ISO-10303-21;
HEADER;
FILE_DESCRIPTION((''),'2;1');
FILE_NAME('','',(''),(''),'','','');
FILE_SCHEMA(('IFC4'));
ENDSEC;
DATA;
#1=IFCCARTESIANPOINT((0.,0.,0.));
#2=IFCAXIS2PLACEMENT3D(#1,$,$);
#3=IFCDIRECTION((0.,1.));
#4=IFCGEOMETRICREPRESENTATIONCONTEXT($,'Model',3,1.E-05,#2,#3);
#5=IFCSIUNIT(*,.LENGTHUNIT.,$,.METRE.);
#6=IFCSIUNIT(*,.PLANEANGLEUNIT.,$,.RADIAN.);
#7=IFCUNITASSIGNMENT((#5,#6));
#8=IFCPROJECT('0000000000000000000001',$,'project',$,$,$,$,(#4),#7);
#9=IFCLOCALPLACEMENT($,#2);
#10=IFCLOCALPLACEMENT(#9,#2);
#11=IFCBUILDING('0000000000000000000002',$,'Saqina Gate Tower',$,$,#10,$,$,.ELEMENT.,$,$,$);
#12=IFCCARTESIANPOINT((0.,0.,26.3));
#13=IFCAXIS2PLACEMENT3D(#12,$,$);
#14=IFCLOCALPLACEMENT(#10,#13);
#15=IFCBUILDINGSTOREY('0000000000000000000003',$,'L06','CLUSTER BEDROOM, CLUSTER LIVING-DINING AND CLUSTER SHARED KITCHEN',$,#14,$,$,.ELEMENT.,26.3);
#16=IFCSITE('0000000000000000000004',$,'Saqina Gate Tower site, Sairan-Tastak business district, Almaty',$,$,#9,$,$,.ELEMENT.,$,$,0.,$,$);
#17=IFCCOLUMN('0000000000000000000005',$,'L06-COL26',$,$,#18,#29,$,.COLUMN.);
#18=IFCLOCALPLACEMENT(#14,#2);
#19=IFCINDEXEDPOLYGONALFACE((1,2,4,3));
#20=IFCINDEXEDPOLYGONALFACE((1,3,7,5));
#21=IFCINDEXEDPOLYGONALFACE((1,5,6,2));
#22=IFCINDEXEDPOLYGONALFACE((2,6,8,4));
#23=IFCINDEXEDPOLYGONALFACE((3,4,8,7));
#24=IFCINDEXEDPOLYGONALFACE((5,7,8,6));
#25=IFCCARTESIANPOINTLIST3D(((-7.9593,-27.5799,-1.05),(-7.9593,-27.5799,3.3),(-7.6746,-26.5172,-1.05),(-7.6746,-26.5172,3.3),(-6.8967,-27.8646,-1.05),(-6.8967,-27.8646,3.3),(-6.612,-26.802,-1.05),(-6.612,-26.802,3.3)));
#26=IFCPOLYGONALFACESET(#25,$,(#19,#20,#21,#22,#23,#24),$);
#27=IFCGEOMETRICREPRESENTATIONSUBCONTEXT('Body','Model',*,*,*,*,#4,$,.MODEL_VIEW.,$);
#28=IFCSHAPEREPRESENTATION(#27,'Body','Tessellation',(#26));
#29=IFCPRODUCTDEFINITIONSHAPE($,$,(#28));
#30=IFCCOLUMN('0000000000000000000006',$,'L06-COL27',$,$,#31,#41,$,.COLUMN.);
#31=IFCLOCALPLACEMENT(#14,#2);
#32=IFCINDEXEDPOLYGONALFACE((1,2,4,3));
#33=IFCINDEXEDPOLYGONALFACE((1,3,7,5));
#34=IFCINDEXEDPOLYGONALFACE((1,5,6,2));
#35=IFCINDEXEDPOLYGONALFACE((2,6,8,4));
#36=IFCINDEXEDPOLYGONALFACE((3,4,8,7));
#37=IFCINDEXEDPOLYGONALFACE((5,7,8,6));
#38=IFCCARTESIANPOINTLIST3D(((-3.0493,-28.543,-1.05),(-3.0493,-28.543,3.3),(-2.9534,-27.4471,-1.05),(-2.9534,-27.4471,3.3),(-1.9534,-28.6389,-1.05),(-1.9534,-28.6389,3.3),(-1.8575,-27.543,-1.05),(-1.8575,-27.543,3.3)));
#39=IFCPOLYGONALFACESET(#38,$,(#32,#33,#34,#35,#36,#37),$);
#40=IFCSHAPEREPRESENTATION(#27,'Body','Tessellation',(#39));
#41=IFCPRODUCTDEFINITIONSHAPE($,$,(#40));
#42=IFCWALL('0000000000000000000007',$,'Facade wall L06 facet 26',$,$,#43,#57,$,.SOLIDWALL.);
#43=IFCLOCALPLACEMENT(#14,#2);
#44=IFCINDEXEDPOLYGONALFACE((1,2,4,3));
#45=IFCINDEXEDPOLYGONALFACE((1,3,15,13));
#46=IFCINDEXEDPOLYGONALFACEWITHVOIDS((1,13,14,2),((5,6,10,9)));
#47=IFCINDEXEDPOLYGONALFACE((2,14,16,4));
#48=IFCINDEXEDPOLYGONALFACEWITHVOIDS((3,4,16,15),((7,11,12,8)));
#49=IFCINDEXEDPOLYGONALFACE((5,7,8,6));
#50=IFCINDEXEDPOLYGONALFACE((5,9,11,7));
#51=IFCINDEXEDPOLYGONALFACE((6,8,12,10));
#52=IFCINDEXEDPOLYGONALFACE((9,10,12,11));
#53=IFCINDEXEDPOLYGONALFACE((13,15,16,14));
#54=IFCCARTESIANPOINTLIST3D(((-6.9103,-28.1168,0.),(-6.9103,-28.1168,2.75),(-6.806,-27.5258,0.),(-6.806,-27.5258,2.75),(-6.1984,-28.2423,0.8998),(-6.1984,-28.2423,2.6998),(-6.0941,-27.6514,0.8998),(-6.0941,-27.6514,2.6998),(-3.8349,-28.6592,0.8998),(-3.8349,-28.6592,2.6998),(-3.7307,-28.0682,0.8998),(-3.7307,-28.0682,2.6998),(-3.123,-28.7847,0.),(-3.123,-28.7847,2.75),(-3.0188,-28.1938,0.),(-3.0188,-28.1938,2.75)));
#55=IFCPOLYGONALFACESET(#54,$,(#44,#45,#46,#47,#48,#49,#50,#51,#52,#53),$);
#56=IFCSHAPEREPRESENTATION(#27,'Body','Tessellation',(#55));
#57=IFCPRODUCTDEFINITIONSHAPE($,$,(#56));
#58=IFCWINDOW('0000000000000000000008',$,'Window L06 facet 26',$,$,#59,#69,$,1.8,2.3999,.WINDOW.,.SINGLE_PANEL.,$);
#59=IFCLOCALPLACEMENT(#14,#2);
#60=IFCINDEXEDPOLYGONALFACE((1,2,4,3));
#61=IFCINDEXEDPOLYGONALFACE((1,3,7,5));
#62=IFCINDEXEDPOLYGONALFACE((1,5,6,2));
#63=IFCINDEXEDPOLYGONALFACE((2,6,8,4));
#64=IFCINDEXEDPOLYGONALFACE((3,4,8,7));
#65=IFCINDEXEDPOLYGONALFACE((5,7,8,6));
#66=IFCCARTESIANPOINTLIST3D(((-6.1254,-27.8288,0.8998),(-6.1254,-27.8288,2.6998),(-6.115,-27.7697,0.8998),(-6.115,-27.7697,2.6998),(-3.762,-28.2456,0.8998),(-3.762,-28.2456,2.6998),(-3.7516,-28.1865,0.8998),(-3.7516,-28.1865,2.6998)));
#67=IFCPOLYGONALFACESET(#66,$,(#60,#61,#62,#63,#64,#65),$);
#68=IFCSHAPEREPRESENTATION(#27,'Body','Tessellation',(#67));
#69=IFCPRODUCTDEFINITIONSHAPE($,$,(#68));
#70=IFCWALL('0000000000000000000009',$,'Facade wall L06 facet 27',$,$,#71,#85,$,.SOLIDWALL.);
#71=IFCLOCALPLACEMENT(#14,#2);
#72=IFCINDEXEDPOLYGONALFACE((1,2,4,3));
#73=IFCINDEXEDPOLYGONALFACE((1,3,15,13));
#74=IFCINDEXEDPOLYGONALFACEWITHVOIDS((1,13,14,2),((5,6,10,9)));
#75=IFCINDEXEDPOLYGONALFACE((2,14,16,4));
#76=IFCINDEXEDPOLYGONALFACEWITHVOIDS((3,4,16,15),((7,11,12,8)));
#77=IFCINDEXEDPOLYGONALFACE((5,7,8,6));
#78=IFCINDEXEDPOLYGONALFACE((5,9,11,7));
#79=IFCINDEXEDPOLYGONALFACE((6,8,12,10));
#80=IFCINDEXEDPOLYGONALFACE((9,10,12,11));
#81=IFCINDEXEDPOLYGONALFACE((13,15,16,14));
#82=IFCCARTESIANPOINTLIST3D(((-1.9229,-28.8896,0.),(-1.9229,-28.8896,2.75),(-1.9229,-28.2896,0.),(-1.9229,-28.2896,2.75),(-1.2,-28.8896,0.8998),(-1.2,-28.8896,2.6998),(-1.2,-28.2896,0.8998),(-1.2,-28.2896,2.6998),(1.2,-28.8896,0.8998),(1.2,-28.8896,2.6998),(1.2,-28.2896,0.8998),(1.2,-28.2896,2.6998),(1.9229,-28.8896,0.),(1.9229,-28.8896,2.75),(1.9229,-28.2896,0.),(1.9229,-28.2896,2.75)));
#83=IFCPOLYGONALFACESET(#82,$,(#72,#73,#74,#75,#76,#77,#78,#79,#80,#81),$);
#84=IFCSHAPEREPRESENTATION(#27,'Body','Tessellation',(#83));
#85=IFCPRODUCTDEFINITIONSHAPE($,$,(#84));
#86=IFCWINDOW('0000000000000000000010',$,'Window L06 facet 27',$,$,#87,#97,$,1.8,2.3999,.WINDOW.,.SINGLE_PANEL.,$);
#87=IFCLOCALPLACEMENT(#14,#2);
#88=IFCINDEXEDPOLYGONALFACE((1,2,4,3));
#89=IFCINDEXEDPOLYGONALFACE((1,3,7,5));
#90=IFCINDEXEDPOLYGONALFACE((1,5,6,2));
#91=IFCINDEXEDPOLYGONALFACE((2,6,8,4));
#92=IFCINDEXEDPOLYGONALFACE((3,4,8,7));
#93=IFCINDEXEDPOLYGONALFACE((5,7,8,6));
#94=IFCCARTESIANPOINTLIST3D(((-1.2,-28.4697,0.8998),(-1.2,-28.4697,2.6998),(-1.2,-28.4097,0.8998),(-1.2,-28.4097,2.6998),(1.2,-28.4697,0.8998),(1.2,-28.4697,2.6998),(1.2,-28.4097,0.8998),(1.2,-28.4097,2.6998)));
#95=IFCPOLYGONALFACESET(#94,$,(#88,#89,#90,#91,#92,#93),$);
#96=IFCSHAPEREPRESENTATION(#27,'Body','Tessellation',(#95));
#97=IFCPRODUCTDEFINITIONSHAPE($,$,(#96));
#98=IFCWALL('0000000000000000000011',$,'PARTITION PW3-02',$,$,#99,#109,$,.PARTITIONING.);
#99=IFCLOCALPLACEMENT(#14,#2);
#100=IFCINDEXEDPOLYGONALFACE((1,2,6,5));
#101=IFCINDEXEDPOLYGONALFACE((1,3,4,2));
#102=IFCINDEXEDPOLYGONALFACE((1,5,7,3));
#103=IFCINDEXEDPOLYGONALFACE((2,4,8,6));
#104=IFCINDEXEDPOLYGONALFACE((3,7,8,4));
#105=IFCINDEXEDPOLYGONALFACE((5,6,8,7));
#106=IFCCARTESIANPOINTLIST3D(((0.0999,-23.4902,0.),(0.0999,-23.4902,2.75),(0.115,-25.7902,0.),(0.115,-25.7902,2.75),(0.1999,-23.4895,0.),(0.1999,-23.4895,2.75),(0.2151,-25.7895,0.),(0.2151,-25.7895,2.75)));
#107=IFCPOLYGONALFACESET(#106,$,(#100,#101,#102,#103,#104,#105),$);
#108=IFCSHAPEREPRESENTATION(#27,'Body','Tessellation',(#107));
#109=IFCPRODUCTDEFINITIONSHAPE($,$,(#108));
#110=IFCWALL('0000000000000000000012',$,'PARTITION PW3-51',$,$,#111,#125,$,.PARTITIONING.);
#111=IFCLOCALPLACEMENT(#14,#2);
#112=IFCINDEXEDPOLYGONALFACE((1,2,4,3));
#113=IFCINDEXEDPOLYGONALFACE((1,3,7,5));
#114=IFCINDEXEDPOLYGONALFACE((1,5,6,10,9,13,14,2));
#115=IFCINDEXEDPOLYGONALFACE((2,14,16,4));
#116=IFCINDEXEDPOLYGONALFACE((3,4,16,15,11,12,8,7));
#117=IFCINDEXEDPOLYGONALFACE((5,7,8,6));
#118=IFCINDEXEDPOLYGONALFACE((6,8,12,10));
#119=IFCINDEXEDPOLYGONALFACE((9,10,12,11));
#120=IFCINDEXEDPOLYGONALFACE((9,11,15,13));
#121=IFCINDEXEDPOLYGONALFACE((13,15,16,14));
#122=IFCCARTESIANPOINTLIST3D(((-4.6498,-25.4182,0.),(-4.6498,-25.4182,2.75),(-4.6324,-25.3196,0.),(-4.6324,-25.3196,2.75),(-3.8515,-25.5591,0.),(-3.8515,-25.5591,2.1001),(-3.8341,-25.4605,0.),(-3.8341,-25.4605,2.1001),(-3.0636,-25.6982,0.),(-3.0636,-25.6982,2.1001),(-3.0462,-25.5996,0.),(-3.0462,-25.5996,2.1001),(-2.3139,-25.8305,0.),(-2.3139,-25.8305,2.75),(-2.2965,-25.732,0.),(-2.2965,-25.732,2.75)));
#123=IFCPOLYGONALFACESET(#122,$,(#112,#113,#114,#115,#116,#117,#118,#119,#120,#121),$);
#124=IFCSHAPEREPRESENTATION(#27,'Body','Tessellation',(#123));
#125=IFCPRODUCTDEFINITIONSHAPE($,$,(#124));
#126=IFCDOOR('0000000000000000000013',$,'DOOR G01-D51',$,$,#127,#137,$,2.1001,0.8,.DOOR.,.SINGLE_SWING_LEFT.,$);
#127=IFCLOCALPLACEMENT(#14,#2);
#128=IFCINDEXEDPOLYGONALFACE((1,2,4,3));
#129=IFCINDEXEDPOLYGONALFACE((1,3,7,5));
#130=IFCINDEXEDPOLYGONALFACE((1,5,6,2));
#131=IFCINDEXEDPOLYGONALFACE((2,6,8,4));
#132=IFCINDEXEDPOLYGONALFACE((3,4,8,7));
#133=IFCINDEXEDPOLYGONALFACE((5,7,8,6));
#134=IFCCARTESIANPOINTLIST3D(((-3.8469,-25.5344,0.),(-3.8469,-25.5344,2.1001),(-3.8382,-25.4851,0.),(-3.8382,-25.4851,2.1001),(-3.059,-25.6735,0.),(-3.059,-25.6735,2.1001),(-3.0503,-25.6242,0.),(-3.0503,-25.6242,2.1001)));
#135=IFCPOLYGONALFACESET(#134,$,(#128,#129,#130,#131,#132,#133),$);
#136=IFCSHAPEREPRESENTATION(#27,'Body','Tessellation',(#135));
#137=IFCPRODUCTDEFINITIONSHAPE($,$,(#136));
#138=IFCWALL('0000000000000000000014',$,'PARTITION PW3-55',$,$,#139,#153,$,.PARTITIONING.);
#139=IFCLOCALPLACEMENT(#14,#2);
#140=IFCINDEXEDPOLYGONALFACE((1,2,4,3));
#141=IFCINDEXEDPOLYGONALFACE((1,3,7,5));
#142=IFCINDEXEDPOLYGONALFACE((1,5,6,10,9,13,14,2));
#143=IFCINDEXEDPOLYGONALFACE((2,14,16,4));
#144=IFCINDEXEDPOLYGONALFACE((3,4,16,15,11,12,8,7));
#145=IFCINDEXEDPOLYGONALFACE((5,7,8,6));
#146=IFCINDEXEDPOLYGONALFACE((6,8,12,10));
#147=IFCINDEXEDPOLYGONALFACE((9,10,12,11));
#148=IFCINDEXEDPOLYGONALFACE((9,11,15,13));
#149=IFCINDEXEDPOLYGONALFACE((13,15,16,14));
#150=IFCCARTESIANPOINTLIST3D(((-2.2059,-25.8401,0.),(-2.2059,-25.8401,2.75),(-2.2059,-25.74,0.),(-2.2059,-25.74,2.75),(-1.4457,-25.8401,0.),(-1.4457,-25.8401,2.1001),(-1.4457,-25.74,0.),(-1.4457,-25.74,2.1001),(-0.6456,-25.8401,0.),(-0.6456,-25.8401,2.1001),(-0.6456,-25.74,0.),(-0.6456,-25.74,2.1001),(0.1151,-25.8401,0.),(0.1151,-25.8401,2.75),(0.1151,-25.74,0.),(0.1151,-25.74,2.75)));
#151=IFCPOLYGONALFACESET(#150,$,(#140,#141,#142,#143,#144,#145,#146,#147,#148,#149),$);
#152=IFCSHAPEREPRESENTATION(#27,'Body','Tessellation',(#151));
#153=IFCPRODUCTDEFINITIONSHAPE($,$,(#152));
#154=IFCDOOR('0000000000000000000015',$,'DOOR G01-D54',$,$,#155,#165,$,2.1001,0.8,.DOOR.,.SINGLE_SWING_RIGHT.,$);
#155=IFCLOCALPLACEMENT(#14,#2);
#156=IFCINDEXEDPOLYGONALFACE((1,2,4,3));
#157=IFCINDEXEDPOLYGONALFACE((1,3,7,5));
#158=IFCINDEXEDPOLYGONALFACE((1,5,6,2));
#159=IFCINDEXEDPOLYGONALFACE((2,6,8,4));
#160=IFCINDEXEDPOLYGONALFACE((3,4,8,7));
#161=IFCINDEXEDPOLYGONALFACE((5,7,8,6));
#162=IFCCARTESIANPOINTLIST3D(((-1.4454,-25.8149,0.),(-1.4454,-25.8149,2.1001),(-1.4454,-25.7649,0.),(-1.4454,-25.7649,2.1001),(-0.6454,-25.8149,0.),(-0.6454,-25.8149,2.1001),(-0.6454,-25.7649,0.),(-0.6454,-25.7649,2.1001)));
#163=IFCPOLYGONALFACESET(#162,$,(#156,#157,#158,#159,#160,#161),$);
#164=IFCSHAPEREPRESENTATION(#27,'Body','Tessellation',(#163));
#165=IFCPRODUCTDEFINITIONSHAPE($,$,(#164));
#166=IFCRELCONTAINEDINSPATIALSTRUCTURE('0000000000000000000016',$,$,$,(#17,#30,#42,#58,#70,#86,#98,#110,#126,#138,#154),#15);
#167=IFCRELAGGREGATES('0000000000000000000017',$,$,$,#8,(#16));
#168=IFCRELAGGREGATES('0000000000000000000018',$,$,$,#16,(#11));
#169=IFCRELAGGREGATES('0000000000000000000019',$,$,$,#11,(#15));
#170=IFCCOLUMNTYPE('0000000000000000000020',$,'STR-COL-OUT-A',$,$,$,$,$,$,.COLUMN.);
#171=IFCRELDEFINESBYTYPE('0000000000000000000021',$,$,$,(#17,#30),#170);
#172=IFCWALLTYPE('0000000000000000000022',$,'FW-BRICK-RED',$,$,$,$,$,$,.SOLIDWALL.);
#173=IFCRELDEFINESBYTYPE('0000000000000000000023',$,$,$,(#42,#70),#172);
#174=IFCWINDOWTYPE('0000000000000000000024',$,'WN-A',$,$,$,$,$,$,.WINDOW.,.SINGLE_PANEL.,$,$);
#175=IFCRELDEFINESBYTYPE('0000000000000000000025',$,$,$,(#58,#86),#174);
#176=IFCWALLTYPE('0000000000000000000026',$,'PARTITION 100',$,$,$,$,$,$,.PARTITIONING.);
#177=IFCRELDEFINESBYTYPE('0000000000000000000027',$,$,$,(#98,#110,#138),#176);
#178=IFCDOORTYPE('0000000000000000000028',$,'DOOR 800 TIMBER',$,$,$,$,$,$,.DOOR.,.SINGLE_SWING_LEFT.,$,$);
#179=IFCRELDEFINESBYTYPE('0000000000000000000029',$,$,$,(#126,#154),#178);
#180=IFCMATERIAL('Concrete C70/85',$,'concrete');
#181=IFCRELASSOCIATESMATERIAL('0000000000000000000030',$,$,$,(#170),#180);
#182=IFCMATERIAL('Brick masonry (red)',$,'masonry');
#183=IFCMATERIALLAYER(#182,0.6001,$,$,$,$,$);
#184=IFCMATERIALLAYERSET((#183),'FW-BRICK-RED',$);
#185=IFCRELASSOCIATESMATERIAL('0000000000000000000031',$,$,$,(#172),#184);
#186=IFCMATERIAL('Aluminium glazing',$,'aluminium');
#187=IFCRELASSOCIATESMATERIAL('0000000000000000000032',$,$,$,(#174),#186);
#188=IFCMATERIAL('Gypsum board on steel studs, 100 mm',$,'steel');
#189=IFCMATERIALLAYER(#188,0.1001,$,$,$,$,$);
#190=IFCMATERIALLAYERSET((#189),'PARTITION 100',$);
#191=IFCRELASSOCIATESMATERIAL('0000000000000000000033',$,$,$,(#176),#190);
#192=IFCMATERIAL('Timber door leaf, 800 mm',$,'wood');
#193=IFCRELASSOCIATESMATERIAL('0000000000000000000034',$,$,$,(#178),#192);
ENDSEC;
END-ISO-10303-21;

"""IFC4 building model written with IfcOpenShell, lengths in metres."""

from ifc_helpers import new_model, si_unit, direction, frame, frame_2d, origin, origin_2d, place, context, subcontext, project, spatial, rectangle, extrude, material, layer, layer_set, material_profile, profile_set, type_object, element, fill, save


model = new_model("IFC4")

# Units and contexts
model_context = context("Model", 3, precision=1e-05, world=origin(), true_north=direction((0.0, 1.0)))
body_context = subcontext(model_context, "Body", "Model", "MODEL_VIEW")
ifc_project = project(units=[si_unit("LENGTHUNIT", "METRE"), si_unit("PLANEANGLEUNIT", "RADIAN")], contexts=[model_context])

# Site, building, storey
site_placement = place(None, origin())
site = spatial("IfcSite", under=ifc_project, at=site_placement, Name="Saqina Gate Tower site, Sairan-Tastak business district, Almaty", CompositionType="ELEMENT", RefElevation=0.0)
building_placement = place(site_placement, origin())
building = spatial("IfcBuilding", under=site, at=building_placement, Name="Saqina Gate Tower", CompositionType="ELEMENT")
storey_placement = place(building_placement, frame((0.0, 0.0, 26.3)))
storey = spatial("IfcBuildingStorey", under=building, at=storey_placement, Name="L06", Description="CLUSTER BEDROOM, CLUSTER LIVING-DINING AND CLUSTER SHARED KITCHEN", CompositionType="ELEMENT", Elevation=26.3)

# Columns
ifc_material_1 = material(Name="Concrete C70/85", Category="concrete")
ifc_material_profile = material_profile(ifc_material_1, rectangle(XDim=1.1001, YDim=1.1001, at=origin_2d()), Name="RC 1100x1100")
ifc_profile_set = profile_set([ifc_material_profile], Name="Concrete C70/85")
column_type = type_object("IfcColumnType", Name="STR-COL-OUT-A", PredefinedType="COLUMN", material=ifc_profile_set)
for number, where, z_axis, x_axis, name in (
    (1, (-7.2856, -27.1909, -1.05), (0.0, 0.0, 1.0), (-0.258819, -0.965926, 0.0), "L06-COL26"),
    (2, (-2.4534, -28.043, -1.05), (0.0, 0.0, 1.0), (-0.087156, -0.996195, 0.0), "L06-COL27"),
):
    element("IfcColumn", number, at=place(storey_placement, frame(where, z_axis=z_axis, x_axis=x_axis)), inside=storey, type_object=column_type, Name=name, PredefinedType="COLUMN", context=body_context, shape_type="SweptSolid", body=[
        extrude(rectangle(XDim=1.1001, YDim=1.1001, at=origin_2d()), origin(), (0.0, 0.0, 1.0), 4.3501),
    ])

# Walls, openings, windows
ifc_material_2 = material(Name="Brick masonry (red)", Category="masonry")
ifc_layer_1 = layer(ifc_material_2, 0.6001)
ifc_layer_set_1 = layer_set([ifc_layer_1], Name="FW-BRICK-RED")
wall_type_1 = type_object("IfcWallType", Name="FW-BRICK-RED", PredefinedType="SOLIDWALL", material=ifc_layer_set_1)
wall_1_placement = place(storey_placement, frame((-6.8582, -27.8213, 0.0), z_axis=(0.0, 0.0, 1.0), x_axis=(0.984801, -0.173688, 0.0)))
wall_1 = element("IfcWall", 3, at=wall_1_placement, inside=storey, type_object=wall_type_1, Name="Facade wall L06 facet 26", PredefinedType="SOLIDWALL", context=body_context, shape_type="SweptSolid", body=[
    extrude(rectangle(XDim=3.8457, YDim=0.6001, at=frame_2d((1.9229, 0.0))), origin(), (0.0, 0.0, 1.0), 2.75),
])
opening_1_placement = place(wall_1_placement, frame((0.7229, 0.0, 0.8999)))
opening_1 = element("IfcOpeningElement", 4, at=opening_1_placement, cuts=wall_1, PredefinedType="OPENING", context=body_context, shape_type="SweptSolid", body=[
    extrude(rectangle(XDim=2.3999, YDim=1.8, at=frame_2d((1.2, 0.8999))), frame((0.0, 0.312, 0.0), z_axis=(0.0, -1.0, 0.0), x_axis=(1.0, 0.0, 0.0)), (0.0, 0.0, 1.0), 0.624),
])
ifc_material_3 = material(Name="Aluminium glazing", Category="aluminium")
window_type = type_object("IfcWindowType", Name="WN-A", PartitioningType="SINGLE_PANEL", PredefinedType="WINDOW", material=ifc_material_3)
window_1_placement = place(opening_1_placement, origin())
window_1 = element("IfcWindow", 5, at=window_1_placement, inside=storey, type_object=window_type, Name="Window L06 facet 26", OverallHeight=1.8, OverallWidth=2.3999, PartitioningType="SINGLE_PANEL", PredefinedType="WINDOW", context=body_context, shape_type="SweptSolid", body=[
    extrude(rectangle(XDim=2.3999, YDim=1.8, at=frame_2d((1.2, 0.8999))), frame((0.0, 0.1799, 0.0), z_axis=(0.0, -1.0, 0.0), x_axis=(1.0, 0.0, 0.0)), (0.0, 0.0, 1.0), 0.0601),
])
fill(opening_1, window_1)
wall_2_placement = place(storey_placement, frame((-1.9229, -28.5896, 0.0), z_axis=(0.0, 0.0, 1.0), x_axis=(1.0, 0.0, 0.0)))
wall_2 = element("IfcWall", 6, at=wall_2_placement, inside=storey, type_object=wall_type_1, Name="Facade wall L06 facet 27", PredefinedType="SOLIDWALL", context=body_context, shape_type="SweptSolid", body=[
    extrude(rectangle(XDim=3.8457, YDim=0.6001, at=frame_2d((1.9229, 0.0))), origin(), (0.0, 0.0, 1.0), 2.75),
])
opening_2_placement = place(wall_2_placement, frame((0.7229, 0.0, 0.8999)))
opening_2 = element("IfcOpeningElement", 7, at=opening_2_placement, cuts=wall_2, PredefinedType="OPENING", context=body_context, shape_type="SweptSolid", body=[
    extrude(rectangle(XDim=2.3999, YDim=1.8, at=frame_2d((1.2, 0.8999))), frame((0.0, 0.312, 0.0), z_axis=(0.0, -1.0, 0.0), x_axis=(1.0, 0.0, 0.0)), (0.0, 0.0, 1.0), 0.624),
])
window_2_placement = place(opening_2_placement, origin())
window_2 = element("IfcWindow", 8, at=window_2_placement, inside=storey, type_object=window_type, Name="Window L06 facet 27", OverallHeight=1.8, OverallWidth=2.3999, PartitioningType="SINGLE_PANEL", PredefinedType="WINDOW", context=body_context, shape_type="SweptSolid", body=[
    extrude(rectangle(XDim=2.3999, YDim=1.8, at=frame_2d((1.2, 0.8999))), frame((0.0, 0.1799, 0.0), z_axis=(0.0, -1.0, 0.0), x_axis=(1.0, 0.0, 0.0)), (0.0, 0.0, 1.0), 0.0601),
])
fill(opening_2, window_2)

# Wall
ifc_material_4 = material(Name="Gypsum board on steel studs, 100 mm", Category="steel")
ifc_layer_2 = layer(ifc_material_4, 0.1001)
ifc_layer_set_2 = layer_set([ifc_layer_2], Name="PARTITION 100")
wall_type_2 = type_object("IfcWallType", Name="PARTITION 100", PredefinedType="PARTITIONING", material=ifc_layer_set_2)
wall_3_placement = place(storey_placement, frame((0.1499, -23.49, 0.0), z_axis=(0.0, 0.0, 1.0), x_axis=(0.006581, -0.999978, 0.0)))
element("IfcWall", 9, at=wall_3_placement, inside=storey, type_object=wall_type_2, Name="PARTITION PW3-02", PredefinedType="PARTITIONING", context=body_context, shape_type="SweptSolid", body=[
    extrude(rectangle(XDim=2.3, YDim=0.1001, at=frame_2d((1.1499, 0.0))), origin(), (0.0, 0.0, 1.0), 2.75),
])

# Walls, openings, doors
wall_4_placement = place(storey_placement, frame((-4.6411, -25.3689, 0.0), z_axis=(0.0, 0.0, 1.0), x_axis=(0.984774, -0.173838, 0.0)))
wall_4 = element("IfcWall", 10, at=wall_4_placement, inside=storey, type_object=wall_type_2, Name="PARTITION PW3-51", PredefinedType="PARTITIONING", context=body_context, shape_type="SweptSolid", body=[
    extrude(rectangle(XDim=2.3721, YDim=0.1001, at=frame_2d((1.186, 0.0))), origin(), (0.0, 0.0, 1.0), 2.75),
])
opening_3_placement = place(wall_4_placement, frame((0.8108, 0.0, 0.0)))
opening_3 = element("IfcOpeningElement", 11, at=opening_3_placement, cuts=wall_4, PredefinedType="OPENING", context=body_context, shape_type="SweptSolid", body=[
    extrude(rectangle(XDim=0.8, YDim=2.1001, at=frame_2d((0.3999, 1.05))), frame((0.0, 0.062, 0.0), z_axis=(0.0, -1.0, 0.0), x_axis=(1.0, 0.0, 0.0)), (0.0, 0.0, 1.0), 0.124),
])
ifc_material_5 = material(Name="Timber door leaf, 800 mm", Category="wood")
door_type_1 = type_object("IfcDoorType", Name="DOOR 800 TIMBER", OperationType="SINGLE_SWING_LEFT", PredefinedType="DOOR", material=ifc_material_5)
door_1_placement = place(opening_3_placement, frame((0.8, 0.0, 0.0), z_axis=(0.0, 0.0, 1.0), x_axis=(-1.0, 0.0, 0.0)))
door_1 = element("IfcDoor", 12, at=door_1_placement, inside=storey, type_object=door_type_1, Name="DOOR G01-D51", OperationType="SINGLE_SWING_LEFT", OverallHeight=2.1001, OverallWidth=0.8, PredefinedType="DOOR", context=body_context, shape_type="SweptSolid", body=[
    extrude(rectangle(XDim=0.8, YDim=2.1001, at=frame_2d((0.3999, 1.05))), frame((0.0, 0.0249, 0.0), z_axis=(0.0, -1.0, 0.0), x_axis=(1.0, 0.0, 0.0)), (0.0, 0.0, 1.0), 0.05),
])
fill(opening_3, door_1)
wall_5_placement = place(storey_placement, frame((-2.2061, -25.79, 0.0), z_axis=(0.0, 0.0, 1.0), x_axis=(1.0, 0.0, 0.0)))
wall_5 = element("IfcWall", 13, at=wall_5_placement, inside=storey, type_object=wall_type_2, Name="PARTITION PW3-55", PredefinedType="PARTITIONING", context=body_context, shape_type="SweptSolid", body=[
    extrude(rectangle(XDim=2.321, YDim=0.1001, at=frame_2d((1.1606, 0.0))), origin(), (0.0, 0.0, 1.0), 2.75),
])
opening_4_placement = place(wall_5_placement, frame((0.7605, 0.0, 0.0)))
opening_4 = element("IfcOpeningElement", 14, at=opening_4_placement, cuts=wall_5, PredefinedType="OPENING", context=body_context, shape_type="SweptSolid", body=[
    extrude(rectangle(XDim=0.8, YDim=2.1001, at=frame_2d((0.3999, 1.05))), frame((0.0, 0.062, 0.0), z_axis=(0.0, -1.0, 0.0), x_axis=(1.0, 0.0, 0.0)), (0.0, 0.0, 1.0), 0.124),
])
door_2_placement = place(opening_4_placement, frame((0.8, 0.0, 0.0), z_axis=(0.0, 0.0, 1.0), x_axis=(-1.0, 0.0, 0.0)))
door_2 = element("IfcDoor", 15, at=door_2_placement, inside=storey, type_object=door_type_1, Name="DOOR G01-D54", OperationType="SINGLE_SWING_RIGHT", OverallHeight=2.1001, OverallWidth=0.8, PredefinedType="DOOR", context=body_context, shape_type="SweptSolid", body=[
    extrude(rectangle(XDim=0.8, YDim=2.1001, at=frame_2d((0.3999, 1.05))), frame((0.0, 0.0249, 0.0), z_axis=(0.0, -1.0, 0.0), x_axis=(1.0, 0.0, 0.0)), (0.0, 0.0, 1.0), 0.05),
])
fill(opening_4, door_2)

save(model, "model.ifc")
